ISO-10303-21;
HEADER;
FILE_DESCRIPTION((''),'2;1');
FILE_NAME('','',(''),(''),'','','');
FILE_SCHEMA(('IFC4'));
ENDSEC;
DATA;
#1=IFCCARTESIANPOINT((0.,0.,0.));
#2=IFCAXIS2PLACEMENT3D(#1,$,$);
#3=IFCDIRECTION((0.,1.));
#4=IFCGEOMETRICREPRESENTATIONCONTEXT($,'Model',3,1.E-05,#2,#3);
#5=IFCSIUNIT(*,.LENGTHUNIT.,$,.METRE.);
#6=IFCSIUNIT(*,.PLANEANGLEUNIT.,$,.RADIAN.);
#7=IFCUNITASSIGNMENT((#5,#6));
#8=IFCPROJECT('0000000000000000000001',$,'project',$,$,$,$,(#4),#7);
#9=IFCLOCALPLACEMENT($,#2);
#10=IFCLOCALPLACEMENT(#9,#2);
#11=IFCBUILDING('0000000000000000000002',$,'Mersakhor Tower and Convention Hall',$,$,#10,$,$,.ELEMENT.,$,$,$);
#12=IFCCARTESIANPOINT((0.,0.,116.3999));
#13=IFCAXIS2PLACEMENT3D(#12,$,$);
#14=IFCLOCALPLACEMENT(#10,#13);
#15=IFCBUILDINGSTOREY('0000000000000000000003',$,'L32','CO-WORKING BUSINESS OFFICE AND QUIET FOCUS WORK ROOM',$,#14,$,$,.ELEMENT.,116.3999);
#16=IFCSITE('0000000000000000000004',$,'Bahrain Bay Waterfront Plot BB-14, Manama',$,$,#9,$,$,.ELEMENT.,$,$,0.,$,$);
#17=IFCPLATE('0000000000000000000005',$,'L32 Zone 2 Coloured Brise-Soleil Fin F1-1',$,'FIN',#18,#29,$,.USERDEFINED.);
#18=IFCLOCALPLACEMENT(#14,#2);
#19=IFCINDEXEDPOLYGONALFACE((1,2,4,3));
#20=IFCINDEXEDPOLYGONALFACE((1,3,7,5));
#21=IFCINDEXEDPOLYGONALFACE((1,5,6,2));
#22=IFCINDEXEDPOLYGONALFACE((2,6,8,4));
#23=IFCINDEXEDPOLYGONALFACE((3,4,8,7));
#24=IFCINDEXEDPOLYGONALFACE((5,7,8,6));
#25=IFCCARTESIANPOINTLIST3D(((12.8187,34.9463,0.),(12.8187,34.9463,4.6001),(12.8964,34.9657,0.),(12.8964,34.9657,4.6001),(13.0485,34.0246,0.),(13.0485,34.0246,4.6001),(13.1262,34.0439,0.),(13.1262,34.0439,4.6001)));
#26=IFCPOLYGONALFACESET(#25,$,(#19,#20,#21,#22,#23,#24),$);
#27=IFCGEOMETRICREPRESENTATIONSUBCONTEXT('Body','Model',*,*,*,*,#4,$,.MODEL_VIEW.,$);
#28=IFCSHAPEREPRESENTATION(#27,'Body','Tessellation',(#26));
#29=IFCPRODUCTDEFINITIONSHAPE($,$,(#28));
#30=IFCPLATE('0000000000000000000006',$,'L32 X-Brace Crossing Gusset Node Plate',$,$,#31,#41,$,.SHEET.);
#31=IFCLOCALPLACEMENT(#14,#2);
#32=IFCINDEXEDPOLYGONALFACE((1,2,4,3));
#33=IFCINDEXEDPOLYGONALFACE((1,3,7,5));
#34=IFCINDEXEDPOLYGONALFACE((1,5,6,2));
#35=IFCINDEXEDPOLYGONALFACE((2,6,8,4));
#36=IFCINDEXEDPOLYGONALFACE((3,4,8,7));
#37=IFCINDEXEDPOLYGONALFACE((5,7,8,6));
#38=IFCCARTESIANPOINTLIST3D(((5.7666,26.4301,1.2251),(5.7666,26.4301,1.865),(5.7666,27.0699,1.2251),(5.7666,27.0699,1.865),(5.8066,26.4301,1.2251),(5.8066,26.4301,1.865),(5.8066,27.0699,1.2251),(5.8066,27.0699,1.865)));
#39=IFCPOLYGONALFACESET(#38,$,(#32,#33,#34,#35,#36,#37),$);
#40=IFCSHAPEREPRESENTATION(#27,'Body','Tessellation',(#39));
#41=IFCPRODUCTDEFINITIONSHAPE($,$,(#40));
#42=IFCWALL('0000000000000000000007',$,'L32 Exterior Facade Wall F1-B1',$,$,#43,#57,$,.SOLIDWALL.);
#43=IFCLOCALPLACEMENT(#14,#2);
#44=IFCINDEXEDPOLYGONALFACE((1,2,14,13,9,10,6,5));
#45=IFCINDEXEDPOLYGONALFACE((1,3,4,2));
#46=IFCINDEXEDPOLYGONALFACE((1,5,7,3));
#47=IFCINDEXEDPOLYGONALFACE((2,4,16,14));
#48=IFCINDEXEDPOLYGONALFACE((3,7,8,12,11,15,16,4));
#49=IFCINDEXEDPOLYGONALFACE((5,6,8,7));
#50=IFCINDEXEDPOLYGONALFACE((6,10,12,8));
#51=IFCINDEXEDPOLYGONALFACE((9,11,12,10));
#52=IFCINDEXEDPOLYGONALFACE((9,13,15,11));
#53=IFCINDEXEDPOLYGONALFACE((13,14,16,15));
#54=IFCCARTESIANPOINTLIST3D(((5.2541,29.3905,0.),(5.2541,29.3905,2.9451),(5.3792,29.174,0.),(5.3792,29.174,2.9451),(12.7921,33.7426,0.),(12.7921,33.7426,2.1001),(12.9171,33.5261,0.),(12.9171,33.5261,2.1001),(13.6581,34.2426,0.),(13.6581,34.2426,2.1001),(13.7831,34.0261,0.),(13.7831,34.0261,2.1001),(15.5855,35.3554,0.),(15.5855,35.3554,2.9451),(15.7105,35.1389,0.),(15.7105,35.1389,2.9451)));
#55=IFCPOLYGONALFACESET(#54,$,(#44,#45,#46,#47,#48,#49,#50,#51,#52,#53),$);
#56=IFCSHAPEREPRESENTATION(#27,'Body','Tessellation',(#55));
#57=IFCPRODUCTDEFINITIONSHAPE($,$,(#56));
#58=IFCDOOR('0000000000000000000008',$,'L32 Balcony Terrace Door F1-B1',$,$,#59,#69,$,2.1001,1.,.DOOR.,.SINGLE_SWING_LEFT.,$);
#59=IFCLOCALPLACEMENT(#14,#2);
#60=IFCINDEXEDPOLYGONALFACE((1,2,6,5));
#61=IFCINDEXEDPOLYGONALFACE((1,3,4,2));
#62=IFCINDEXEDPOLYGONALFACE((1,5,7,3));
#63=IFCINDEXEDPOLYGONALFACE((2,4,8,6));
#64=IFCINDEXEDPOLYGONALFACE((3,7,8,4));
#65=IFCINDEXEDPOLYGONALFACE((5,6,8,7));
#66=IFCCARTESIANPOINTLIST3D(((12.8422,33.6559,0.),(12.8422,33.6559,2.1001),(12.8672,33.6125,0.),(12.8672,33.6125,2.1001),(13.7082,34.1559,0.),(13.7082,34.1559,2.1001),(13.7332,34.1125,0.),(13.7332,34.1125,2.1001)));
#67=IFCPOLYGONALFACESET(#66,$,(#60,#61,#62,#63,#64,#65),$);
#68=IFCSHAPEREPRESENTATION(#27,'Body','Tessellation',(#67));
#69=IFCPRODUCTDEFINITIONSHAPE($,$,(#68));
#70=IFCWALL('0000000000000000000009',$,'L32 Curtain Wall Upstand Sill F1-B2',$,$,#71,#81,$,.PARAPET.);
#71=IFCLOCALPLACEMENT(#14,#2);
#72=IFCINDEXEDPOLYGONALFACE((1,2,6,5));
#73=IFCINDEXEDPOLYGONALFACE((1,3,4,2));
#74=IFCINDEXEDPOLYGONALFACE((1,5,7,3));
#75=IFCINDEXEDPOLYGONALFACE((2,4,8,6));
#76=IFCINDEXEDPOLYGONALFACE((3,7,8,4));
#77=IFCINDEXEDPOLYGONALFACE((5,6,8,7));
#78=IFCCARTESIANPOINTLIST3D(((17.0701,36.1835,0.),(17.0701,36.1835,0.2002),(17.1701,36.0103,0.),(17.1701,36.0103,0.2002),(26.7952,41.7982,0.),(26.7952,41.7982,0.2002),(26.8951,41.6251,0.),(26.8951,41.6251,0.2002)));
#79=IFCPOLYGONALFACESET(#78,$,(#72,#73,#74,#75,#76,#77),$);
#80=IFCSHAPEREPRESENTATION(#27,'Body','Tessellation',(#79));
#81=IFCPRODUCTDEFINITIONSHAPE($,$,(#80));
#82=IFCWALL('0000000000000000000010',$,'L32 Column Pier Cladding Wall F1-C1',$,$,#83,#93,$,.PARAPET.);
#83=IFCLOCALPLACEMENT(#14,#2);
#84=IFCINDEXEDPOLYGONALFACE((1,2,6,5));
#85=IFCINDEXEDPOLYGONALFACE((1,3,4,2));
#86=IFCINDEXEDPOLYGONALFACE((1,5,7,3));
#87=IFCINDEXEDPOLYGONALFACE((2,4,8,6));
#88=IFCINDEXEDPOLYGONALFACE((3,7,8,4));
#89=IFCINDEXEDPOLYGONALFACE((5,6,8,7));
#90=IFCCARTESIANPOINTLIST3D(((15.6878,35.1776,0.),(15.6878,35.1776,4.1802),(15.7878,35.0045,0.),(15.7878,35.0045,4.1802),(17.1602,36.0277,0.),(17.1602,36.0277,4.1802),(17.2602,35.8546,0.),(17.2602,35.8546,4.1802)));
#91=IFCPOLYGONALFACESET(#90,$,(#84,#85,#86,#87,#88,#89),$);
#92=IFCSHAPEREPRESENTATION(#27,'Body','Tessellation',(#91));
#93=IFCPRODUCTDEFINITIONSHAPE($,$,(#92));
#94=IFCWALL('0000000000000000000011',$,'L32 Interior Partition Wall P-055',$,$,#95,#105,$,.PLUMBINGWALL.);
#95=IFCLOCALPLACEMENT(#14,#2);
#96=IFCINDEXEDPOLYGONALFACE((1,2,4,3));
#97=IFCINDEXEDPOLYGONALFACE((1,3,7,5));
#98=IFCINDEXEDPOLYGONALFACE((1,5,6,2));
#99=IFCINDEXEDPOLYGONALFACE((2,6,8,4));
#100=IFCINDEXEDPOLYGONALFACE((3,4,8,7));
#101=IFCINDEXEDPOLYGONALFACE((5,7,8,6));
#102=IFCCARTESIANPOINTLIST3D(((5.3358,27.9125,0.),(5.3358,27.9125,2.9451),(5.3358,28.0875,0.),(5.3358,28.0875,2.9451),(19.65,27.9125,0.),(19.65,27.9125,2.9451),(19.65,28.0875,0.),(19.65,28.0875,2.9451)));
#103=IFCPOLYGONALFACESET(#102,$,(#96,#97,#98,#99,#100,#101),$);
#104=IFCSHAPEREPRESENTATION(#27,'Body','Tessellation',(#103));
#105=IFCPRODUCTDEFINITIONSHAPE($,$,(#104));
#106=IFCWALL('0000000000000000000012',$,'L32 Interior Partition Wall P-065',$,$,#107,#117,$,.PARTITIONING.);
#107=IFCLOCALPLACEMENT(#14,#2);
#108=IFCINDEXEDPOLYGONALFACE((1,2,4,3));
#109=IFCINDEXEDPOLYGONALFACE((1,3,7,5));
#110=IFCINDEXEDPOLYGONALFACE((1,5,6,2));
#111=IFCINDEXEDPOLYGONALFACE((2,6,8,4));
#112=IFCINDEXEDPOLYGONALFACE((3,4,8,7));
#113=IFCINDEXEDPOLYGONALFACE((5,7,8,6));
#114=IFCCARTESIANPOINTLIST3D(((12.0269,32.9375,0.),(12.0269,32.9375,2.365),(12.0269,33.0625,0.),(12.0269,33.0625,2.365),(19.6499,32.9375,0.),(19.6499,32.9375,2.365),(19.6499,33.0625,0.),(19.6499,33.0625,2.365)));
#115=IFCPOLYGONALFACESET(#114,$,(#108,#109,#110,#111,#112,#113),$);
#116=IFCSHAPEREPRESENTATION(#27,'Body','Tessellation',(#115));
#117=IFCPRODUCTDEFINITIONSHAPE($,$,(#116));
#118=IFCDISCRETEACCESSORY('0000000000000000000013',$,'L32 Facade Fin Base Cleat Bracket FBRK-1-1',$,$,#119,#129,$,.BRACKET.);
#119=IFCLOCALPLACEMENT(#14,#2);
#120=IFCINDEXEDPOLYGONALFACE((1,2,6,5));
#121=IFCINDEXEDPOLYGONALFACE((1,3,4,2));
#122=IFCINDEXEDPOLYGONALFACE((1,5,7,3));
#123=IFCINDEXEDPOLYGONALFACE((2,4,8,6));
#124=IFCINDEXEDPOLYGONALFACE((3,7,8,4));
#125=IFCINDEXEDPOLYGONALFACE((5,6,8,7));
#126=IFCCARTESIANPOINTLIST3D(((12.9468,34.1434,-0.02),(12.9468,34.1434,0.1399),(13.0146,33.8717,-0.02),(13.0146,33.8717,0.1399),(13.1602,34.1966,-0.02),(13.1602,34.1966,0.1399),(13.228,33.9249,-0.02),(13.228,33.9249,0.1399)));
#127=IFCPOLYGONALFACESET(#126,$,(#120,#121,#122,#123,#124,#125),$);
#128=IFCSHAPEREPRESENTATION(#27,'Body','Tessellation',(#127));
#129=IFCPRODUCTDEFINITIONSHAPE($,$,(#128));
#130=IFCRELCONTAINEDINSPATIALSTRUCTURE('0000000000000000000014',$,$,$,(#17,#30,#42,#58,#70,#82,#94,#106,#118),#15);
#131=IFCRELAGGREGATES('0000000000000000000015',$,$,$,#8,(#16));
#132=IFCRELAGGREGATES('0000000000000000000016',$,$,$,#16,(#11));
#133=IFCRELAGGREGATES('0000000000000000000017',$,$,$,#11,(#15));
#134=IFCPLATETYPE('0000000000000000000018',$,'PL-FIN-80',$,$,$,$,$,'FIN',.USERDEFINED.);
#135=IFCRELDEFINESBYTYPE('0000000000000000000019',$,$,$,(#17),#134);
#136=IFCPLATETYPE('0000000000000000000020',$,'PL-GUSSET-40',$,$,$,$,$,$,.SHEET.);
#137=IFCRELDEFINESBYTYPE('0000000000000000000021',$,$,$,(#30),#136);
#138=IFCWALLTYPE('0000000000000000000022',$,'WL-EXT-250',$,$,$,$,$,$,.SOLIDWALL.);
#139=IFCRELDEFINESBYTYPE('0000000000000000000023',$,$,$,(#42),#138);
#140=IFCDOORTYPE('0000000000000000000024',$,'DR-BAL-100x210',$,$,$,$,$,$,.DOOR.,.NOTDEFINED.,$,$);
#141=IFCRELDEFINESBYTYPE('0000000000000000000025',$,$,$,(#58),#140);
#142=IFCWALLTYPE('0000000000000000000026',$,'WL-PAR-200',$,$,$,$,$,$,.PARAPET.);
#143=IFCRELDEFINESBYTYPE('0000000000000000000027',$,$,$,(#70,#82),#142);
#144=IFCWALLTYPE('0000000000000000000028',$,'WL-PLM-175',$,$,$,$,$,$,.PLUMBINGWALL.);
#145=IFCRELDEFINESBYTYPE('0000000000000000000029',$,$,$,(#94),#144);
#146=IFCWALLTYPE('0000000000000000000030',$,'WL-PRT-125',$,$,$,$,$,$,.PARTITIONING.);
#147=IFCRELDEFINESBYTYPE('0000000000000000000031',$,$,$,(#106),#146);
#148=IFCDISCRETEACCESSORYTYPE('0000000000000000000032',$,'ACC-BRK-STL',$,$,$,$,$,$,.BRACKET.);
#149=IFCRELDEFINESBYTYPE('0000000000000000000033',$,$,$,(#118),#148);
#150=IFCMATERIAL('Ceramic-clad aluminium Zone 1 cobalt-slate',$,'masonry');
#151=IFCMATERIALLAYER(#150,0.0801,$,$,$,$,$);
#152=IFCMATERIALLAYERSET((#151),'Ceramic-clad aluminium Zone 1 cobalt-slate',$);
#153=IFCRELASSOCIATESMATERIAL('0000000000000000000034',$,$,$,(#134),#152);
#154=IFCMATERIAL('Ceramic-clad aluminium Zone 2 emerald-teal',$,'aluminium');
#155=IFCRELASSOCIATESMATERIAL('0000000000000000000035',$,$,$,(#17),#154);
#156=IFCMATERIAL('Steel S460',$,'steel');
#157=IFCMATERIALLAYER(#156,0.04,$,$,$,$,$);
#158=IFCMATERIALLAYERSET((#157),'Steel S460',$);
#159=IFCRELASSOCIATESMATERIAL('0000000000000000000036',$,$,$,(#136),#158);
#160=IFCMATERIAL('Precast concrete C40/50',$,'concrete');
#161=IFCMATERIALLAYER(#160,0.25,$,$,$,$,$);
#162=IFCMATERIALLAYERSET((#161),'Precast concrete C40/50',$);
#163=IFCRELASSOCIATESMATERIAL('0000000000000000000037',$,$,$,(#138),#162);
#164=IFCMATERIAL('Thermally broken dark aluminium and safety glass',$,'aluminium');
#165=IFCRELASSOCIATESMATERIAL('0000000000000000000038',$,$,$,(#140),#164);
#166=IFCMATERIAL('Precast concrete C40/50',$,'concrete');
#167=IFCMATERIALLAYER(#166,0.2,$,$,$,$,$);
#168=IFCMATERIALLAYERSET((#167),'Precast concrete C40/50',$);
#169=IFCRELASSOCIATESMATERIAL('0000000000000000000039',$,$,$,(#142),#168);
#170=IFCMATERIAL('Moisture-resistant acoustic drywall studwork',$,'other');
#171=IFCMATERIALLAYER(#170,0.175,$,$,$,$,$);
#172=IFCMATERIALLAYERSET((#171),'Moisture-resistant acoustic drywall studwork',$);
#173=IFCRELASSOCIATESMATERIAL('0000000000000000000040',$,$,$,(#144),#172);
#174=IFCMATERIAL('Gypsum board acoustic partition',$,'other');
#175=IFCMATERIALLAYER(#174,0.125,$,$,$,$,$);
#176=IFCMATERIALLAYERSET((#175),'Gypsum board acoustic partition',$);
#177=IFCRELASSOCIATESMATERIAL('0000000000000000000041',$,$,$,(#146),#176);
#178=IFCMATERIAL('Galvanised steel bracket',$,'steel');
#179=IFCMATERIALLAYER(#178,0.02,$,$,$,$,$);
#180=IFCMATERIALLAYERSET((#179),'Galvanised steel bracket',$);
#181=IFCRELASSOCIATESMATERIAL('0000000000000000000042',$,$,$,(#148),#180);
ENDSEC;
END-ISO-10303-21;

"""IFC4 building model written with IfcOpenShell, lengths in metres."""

from ifc_helpers import new_model, si_unit, direction, frame, frame_2d, origin, origin_2d, place, context, subcontext, project, spatial, rectangle, extrude, material, layer, layer_set, type_object, element, fill, save


model = new_model("IFC4")

# Units and contexts
model_context = context("Model", 3, precision=1e-05, world=origin(), true_north=direction((0.0, 1.0)))
body_context = subcontext(model_context, "Body", "Model", "MODEL_VIEW")
ifc_project = project(units=[si_unit("LENGTHUNIT", "METRE"), si_unit("PLANEANGLEUNIT", "RADIAN")], contexts=[model_context])

# Site, building, storey
site_placement = place(None, origin())
site = spatial("IfcSite", under=ifc_project, at=site_placement, Name="Bahrain Bay Waterfront Plot BB-14, Manama", CompositionType="ELEMENT", RefElevation=0.0)
building_placement = place(site_placement, origin())
building = spatial("IfcBuilding", under=site, at=building_placement, Name="Mersakhor Tower and Convention Hall", CompositionType="ELEMENT")
storey_placement = place(building_placement, frame((0.0, 0.0, 116.3999)))
storey = spatial("IfcBuildingStorey", under=building, at=storey_placement, Name="L32", Description="CO-WORKING BUSINESS OFFICE AND QUIET FOCUS WORK ROOM", CompositionType="ELEMENT", Elevation=116.3999)

# Plates
ifc_material_1 = material(Name="Ceramic-clad aluminium Zone 2 emerald-teal", Category="aluminium")
ifc_material_2 = material(Name="Ceramic-clad aluminium Zone 1 cobalt-slate", Category="masonry")
ifc_layer_1 = layer(ifc_material_2, 0.0801)
ifc_layer_set_1 = layer_set([ifc_layer_1], Name="Ceramic-clad aluminium Zone 1 cobalt-slate")
plate_type_1 = type_object("IfcPlateType", Name="PL-FIN-80", ElementType="FIN", PredefinedType="USERDEFINED", material=ifc_layer_set_1)
plate_1_placement = place(storey_placement, frame((12.9724, 34.4951, 0.0), z_axis=(0.0, 0.0, 1.0), x_axis=(-0.241922, 0.970296, 0.0)))
element("IfcPlate", 1, at=plate_1_placement, inside=storey, type_object=plate_type_1, material=ifc_material_1, Name="L32 Zone 2 Coloured Brise-Soleil Fin F1-1", ObjectType="FIN", PredefinedType="USERDEFINED", context=body_context, shape_type="SweptSolid", body=[
    extrude(rectangle(XDim=0.95, YDim=0.0801, at=origin_2d()), origin(), (0.0, 0.0, 1.0), 4.6001),
])
ifc_material_3 = material(Name="Steel S460", Category="steel")
ifc_layer_2 = layer(ifc_material_3, 0.04)
ifc_layer_set_2 = layer_set([ifc_layer_2], Name="Steel S460")
plate_type_2 = type_object("IfcPlateType", Name="PL-GUSSET-40", PredefinedType="SHEET", material=ifc_layer_set_2)
plate_2_placement = place(storey_placement, frame((5.7866, 26.75, 1.2251), z_axis=(0.0, 0.0, 1.0), x_axis=(0.0, -1.0, 0.0)))
element("IfcPlate", 2, at=plate_2_placement, inside=storey, type_object=plate_type_2, Name="L32 X-Brace Crossing Gusset Node Plate", PredefinedType="SHEET", context=body_context, shape_type="SweptSolid", body=[
    extrude(rectangle(XDim=0.6399, YDim=0.04, at=origin_2d()), origin(), (0.0, 0.0, 1.0), 0.6399),
])

# Wall, opening, door
ifc_material_4 = material(Name="Precast concrete C40/50", Category="concrete")
ifc_layer_3 = layer(ifc_material_4, 0.25)
ifc_layer_set_3 = layer_set([ifc_layer_3], Name="Precast concrete C40/50")
wall_type_1 = type_object("IfcWallType", Name="WL-EXT-250", PredefinedType="SOLIDWALL", material=ifc_layer_set_3)
wall_1_placement = place(storey_placement, frame((5.3167, 29.2822, 0.0), z_axis=(0.0, 0.0, 1.0), x_axis=(0.866023, 0.500004, 0.0)))
wall_1 = element("IfcWall", 3, at=wall_1_placement, inside=storey, type_object=wall_type_1, Name="L32 Exterior Facade Wall F1-B1", PredefinedType="SOLIDWALL", context=body_context, shape_type="SweptSolid", body=[
    extrude(rectangle(XDim=11.9297, YDim=0.25, at=frame_2d((5.9648, 0.0))), origin(), (0.0, 0.0, 1.0), 2.9451),
])
opening_placement = place(wall_1_placement, frame((8.7041, 0.0, 0.0)))
opening = element("IfcOpeningElement", 4, at=opening_placement, cuts=wall_1, PredefinedType="OPENING", context=body_context, shape_type="SweptSolid", body=[
    extrude(rectangle(XDim=1.0, YDim=2.1001, at=frame_2d((0.5, 1.05))), frame((0.0, 0.135, 0.0), z_axis=(0.0, -1.0, 0.0), x_axis=(1.0, 0.0, 0.0)), (0.0, 0.0, 1.0), 0.27),
])
ifc_material_5 = material(Name="Thermally broken dark aluminium and safety glass", Category="aluminium")
door_type = type_object("IfcDoorType", Name="DR-BAL-100x210", OperationType="NOTDEFINED", PredefinedType="DOOR", material=ifc_material_5)
door_placement = place(opening_placement, origin())
door = element("IfcDoor", 5, at=door_placement, inside=storey, type_object=door_type, Name="L32 Balcony Terrace Door F1-B1", OperationType="SINGLE_SWING_LEFT", OverallHeight=2.1001, OverallWidth=1.0, PredefinedType="DOOR", context=body_context, shape_type="SweptSolid", body=[
    extrude(rectangle(XDim=1.0, YDim=2.1001, at=frame_2d((0.5, 1.05))), frame((0.0, 0.0249, 0.0), z_axis=(0.0, -1.0, 0.0), x_axis=(1.0, 0.0, 0.0)), (0.0, 0.0, 1.0), 0.05),
])
fill(opening, door)

# Walls
ifc_material_6 = material(Name="Precast concrete C40/50", Category="concrete")
ifc_layer_4 = layer(ifc_material_6, 0.2)
ifc_layer_set_4 = layer_set([ifc_layer_4], Name="Precast concrete C40/50")
wall_type_2 = type_object("IfcWallType", Name="WL-PAR-200", PredefinedType="PARAPET", material=ifc_layer_set_4)
wall_2_placement = place(storey_placement, frame((17.1201, 36.0969, 0.0), z_axis=(0.0, 0.0, 1.0), x_axis=(0.866027, 0.499997, 0.0)))
element("IfcWall", 6, at=wall_2_placement, inside=storey, type_object=wall_type_2, Name="L32 Curtain Wall Upstand Sill F1-B2", PredefinedType="PARAPET", context=body_context, shape_type="SweptSolid", body=[
    extrude(rectangle(XDim=11.2295, YDim=0.2, at=frame_2d((5.6147, 0.0))), origin(), (0.0, 0.0, 1.0), 0.2002),
])
wall_3_placement = place(storey_placement, frame((15.7378, 35.0911, 0.0), z_axis=(0.0, 0.0, 1.0), x_axis=(0.866025, 0.5, 0.0)))
element("IfcWall", 7, at=wall_3_placement, inside=storey, type_object=wall_type_2, Name="L32 Column Pier Cladding Wall F1-C1", PredefinedType="PARAPET", context=body_context, shape_type="SweptSolid", body=[
    extrude(rectangle(XDim=1.7002, YDim=0.2, at=frame_2d((0.8501, 0.0))), origin(), (0.0, 0.0, 1.0), 4.1802),
])
ifc_material_7 = material(Name="Moisture-resistant acoustic drywall studwork", Category="other")
ifc_layer_5 = layer(ifc_material_7, 0.175)
ifc_layer_set_5 = layer_set([ifc_layer_5], Name="Moisture-resistant acoustic drywall studwork")
wall_type_3 = type_object("IfcWallType", Name="WL-PLM-175", PredefinedType="PLUMBINGWALL", material=ifc_layer_set_5)
wall_4_placement = place(storey_placement, frame((5.3357, 28.0, 0.0), z_axis=(0.0, 0.0, 1.0), x_axis=(1.0, 0.0, 0.0)))
element("IfcWall", 8, at=wall_4_placement, inside=storey, type_object=wall_type_3, Name="L32 Interior Partition Wall P-055", PredefinedType="PLUMBINGWALL", context=body_context, shape_type="SweptSolid", body=[
    extrude(rectangle(XDim=14.3142, YDim=0.175, at=frame_2d((7.1572, 0.0))), origin(), (0.0, 0.0, 1.0), 2.9451),
])
ifc_material_8 = material(Name="Gypsum board acoustic partition", Category="other")
ifc_layer_6 = layer(ifc_material_8, 0.125)
ifc_layer_set_6 = layer_set([ifc_layer_6], Name="Gypsum board acoustic partition")
wall_type_4 = type_object("IfcWallType", Name="WL-PRT-125", PredefinedType="PARTITIONING", material=ifc_layer_set_6)
wall_5_placement = place(storey_placement, frame((12.0269, 33.0, 0.0), z_axis=(0.0, 0.0, 1.0), x_axis=(1.0, 0.0, 0.0)))
element("IfcWall", 9, at=wall_5_placement, inside=storey, type_object=wall_type_4, Name="L32 Interior Partition Wall P-065", PredefinedType="PARTITIONING", context=body_context, shape_type="SweptSolid", body=[
    extrude(rectangle(XDim=7.623, YDim=0.125, at=frame_2d((3.8115, 0.0))), origin(), (0.0, 0.0, 1.0), 2.365),
])

# Discrete accessory
ifc_material_9 = material(Name="Galvanised steel bracket", Category="steel")
ifc_layer_7 = layer(ifc_material_9, 0.02)
ifc_layer_set_7 = layer_set([ifc_layer_7], Name="Galvanised steel bracket")
discrete_accessory_type = type_object("IfcDiscreteAccessoryType", Name="ACC-BRK-STL", PredefinedType="BRACKET", material=ifc_layer_set_7)
discrete_accessory_placement = place(storey_placement, frame((13.0874, 34.0342, -0.02), z_axis=(0.0, 0.0, 1.0), x_axis=(-0.241922, 0.970296, 0.0)))
element("IfcDiscreteAccessory", 10, at=discrete_accessory_placement, inside=storey, type_object=discrete_accessory_type, Name="L32 Facade Fin Base Cleat Bracket FBRK-1-1", PredefinedType="BRACKET", context=body_context, shape_type="SweptSolid", body=[
    extrude(rectangle(XDim=0.28, YDim=0.22, at=origin_2d()), origin(), (0.0, 0.0, 1.0), 0.1599),
])

save(model, "model.ifc")
